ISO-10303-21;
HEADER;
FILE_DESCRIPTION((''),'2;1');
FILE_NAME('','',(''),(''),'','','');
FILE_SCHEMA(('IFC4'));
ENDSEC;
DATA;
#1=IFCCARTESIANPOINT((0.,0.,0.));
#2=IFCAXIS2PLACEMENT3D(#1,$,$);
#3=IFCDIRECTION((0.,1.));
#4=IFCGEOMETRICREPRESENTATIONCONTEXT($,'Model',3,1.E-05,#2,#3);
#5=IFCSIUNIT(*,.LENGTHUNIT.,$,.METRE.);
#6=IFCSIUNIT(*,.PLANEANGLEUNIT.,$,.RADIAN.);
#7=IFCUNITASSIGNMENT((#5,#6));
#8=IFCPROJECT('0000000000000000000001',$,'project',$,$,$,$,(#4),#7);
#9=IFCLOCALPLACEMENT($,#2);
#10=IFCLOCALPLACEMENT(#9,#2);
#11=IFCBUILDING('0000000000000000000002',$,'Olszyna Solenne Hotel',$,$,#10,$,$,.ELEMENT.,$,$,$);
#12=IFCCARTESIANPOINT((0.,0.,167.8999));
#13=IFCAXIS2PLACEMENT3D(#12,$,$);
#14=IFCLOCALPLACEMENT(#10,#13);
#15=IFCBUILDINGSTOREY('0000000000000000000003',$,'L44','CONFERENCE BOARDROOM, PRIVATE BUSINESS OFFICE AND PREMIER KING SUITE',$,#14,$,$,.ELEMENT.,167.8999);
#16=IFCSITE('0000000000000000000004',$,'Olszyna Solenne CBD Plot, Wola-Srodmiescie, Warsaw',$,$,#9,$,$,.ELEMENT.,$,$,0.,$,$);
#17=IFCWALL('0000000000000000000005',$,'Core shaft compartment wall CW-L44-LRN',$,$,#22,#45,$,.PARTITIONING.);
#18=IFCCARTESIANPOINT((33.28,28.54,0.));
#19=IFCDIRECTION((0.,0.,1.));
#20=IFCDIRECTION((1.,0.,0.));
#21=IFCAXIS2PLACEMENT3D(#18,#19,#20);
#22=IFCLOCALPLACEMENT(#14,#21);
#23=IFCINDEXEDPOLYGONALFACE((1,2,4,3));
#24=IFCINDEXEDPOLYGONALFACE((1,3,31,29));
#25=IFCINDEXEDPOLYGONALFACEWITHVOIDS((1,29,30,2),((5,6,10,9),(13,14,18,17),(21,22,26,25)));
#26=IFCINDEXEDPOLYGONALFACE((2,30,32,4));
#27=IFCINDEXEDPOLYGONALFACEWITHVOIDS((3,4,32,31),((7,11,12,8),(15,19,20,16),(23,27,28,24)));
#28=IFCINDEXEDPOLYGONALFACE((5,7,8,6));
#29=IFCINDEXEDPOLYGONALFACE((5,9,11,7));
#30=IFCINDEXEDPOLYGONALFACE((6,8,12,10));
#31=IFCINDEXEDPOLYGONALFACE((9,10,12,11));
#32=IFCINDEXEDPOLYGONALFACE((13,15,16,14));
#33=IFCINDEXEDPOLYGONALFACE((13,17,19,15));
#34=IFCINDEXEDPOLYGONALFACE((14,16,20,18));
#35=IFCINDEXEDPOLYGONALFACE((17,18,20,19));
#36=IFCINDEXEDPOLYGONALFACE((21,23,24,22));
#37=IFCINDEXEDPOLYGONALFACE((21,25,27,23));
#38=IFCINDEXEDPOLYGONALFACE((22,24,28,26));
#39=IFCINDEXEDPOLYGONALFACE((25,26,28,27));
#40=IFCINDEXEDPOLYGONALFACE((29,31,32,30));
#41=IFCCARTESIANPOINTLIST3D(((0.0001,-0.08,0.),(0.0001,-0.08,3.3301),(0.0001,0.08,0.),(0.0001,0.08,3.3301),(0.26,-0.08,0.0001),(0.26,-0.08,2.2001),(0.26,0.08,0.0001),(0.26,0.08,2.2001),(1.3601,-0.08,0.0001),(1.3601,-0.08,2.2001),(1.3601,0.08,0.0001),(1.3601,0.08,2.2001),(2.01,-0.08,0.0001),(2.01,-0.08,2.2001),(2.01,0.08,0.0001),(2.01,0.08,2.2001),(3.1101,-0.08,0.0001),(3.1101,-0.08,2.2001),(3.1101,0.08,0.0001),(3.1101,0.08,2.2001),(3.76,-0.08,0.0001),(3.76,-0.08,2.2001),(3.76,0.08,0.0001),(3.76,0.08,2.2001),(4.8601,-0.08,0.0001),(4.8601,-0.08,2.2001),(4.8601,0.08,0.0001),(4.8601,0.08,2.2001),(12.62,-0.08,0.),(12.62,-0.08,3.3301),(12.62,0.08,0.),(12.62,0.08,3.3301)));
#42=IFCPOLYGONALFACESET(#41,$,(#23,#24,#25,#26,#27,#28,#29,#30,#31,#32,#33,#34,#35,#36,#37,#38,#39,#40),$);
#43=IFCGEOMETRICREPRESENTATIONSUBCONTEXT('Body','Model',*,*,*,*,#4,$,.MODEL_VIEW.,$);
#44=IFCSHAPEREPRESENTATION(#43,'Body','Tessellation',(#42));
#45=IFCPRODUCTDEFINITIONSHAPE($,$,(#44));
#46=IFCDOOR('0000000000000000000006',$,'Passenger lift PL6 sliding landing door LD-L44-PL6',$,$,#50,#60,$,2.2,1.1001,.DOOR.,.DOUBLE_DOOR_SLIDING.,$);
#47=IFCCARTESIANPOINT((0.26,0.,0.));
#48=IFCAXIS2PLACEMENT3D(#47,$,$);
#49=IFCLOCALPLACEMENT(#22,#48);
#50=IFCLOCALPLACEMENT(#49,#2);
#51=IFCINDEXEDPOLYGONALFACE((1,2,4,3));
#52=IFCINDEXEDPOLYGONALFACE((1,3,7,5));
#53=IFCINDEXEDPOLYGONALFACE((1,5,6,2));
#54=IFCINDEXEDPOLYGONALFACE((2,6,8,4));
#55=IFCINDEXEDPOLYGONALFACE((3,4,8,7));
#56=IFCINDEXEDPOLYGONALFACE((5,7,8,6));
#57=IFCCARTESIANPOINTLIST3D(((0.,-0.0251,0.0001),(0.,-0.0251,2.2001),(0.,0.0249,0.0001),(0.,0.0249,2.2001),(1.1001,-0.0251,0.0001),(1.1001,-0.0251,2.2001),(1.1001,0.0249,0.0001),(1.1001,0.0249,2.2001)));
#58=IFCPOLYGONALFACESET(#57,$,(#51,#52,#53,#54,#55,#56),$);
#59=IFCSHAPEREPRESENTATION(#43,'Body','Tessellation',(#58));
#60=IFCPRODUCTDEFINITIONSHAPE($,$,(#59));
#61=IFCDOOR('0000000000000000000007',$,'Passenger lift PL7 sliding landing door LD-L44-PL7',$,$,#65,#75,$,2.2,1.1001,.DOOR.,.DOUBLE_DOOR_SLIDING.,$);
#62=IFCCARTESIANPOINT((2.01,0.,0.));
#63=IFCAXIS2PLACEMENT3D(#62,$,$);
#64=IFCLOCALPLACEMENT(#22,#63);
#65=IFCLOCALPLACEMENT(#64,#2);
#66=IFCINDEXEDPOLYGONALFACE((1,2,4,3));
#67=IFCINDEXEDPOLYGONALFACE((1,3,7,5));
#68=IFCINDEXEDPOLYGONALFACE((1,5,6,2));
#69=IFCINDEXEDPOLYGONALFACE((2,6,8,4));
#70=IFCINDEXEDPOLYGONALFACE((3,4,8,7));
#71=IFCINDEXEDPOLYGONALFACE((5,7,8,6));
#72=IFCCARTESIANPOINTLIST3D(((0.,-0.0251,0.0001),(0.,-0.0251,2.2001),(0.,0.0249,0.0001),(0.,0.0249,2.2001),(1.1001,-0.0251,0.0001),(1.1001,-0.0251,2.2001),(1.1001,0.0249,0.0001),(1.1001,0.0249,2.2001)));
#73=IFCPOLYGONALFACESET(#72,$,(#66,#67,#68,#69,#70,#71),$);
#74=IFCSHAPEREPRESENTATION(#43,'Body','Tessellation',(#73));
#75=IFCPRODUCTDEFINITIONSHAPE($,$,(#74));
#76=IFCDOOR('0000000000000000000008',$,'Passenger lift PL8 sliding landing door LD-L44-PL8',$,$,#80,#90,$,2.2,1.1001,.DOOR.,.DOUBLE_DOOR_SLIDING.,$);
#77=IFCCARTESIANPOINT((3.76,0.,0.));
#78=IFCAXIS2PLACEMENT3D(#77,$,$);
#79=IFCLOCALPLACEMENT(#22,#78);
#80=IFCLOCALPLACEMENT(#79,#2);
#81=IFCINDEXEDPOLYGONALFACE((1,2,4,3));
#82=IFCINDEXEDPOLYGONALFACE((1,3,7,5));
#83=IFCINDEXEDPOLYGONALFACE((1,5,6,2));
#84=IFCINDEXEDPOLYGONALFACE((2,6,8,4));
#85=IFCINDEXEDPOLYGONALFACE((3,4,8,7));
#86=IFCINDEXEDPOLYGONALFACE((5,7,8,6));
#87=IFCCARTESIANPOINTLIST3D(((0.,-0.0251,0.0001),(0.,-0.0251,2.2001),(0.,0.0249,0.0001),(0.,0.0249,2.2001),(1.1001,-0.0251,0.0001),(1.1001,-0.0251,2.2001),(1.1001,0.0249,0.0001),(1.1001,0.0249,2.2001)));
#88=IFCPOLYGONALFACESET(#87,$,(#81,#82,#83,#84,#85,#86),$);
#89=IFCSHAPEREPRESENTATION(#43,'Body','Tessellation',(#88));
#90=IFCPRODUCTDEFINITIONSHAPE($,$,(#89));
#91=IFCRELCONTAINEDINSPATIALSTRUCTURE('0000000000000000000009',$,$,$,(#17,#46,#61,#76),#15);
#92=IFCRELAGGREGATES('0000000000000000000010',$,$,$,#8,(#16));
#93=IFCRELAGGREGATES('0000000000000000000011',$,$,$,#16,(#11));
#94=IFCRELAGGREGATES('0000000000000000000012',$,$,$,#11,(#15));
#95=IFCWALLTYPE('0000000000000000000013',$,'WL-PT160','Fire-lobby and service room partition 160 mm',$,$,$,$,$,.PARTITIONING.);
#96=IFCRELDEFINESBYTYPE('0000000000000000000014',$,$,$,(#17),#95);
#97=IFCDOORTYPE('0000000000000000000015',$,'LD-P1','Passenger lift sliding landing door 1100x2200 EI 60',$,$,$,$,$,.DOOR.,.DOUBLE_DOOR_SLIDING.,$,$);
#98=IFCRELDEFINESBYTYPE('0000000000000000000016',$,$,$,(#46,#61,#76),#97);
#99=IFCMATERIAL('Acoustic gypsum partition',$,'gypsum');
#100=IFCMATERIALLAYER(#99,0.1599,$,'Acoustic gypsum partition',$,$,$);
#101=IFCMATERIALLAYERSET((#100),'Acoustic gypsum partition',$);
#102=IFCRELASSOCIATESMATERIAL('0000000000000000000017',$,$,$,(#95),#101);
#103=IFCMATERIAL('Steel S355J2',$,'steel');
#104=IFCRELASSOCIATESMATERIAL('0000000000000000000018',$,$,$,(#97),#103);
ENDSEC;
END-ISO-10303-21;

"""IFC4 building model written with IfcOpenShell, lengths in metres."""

from ifc_helpers import new_model, si_unit, direction, frame, frame_2d, origin, place, context, subcontext, project, spatial, rectangle, extrude, source, transform, mapped, material, layer, layer_set, type_object, type_shapes, element, fill, save


model = new_model("IFC4")

# Units and contexts
model_context = context("Model", 3, precision=1e-05, world=origin(), true_north=direction((0.0, 1.0)))
body_context = subcontext(model_context, "Body", "Model", "MODEL_VIEW")
ifc_project = project(units=[si_unit("LENGTHUNIT", "METRE"), si_unit("PLANEANGLEUNIT", "RADIAN")], contexts=[model_context])

# Site, building, storey
site_placement = place(None, origin())
site = spatial("IfcSite", under=ifc_project, at=site_placement, Name="Olszyna Solenne CBD Plot, Wola-Srodmiescie, Warsaw", CompositionType="ELEMENT", RefElevation=0.0)
building_placement = place(site_placement, origin())
building = spatial("IfcBuilding", under=site, at=building_placement, Name="Olszyna Solenne Hotel", CompositionType="ELEMENT")
storey_placement = place(building_placement, frame((0.0, 0.0, 167.8999)))
storey = spatial("IfcBuildingStorey", under=building, at=storey_placement, Name="L44", Description="CONFERENCE BOARDROOM, PRIVATE BUSINESS OFFICE AND PREMIER KING SUITE", CompositionType="ELEMENT", Elevation=167.8999)

# Shared definitions
ifc_material_1 = material(Name="Steel S355J2", Category="steel")

# Shared definitions
ifc_material_2 = material(Name="Acoustic gypsum partition", Category="gypsum")
ifc_layer_1 = layer(ifc_material_2, 0.1599, Name="Acoustic gypsum partition")
ifc_layer_set_1 = layer_set([ifc_layer_1], Name="Acoustic gypsum partition")
wall_type_1 = type_object("IfcWallType", Name="WL-PT160", Description="Fire-lobby and service room partition 160 mm", PredefinedType="PARTITIONING", material=ifc_layer_set_1)

# Wall, openings, doors
door_type_1 = type_object("IfcDoorType", Name="LD-P1", Description="Passenger lift sliding landing door 1100x2200 EI 60", OperationType="DOUBLE_DOOR_SLIDING", PredefinedType="DOOR", material=ifc_material_1)
shared_shape_1 = source(origin(), body_context, "Body", "SweptSolid", [
    extrude(rectangle(XDim=1.1001, YDim=2.2, at=frame_2d((0.55, 1.1001))), frame((0.0, 0.0249, 0.0), z_axis=(0.0, -1.0, 0.0), x_axis=(1.0, 0.0, 0.0)), (0.0, 0.0, 1.0), 0.05),
])
type_shapes(door_type_1, [shared_shape_1])
wall_1_placement = place(storey_placement, frame((33.28, 28.54, 0.0), z_axis=(0.0, 0.0, 1.0), x_axis=(1.0, 0.0, 0.0)))
wall_1 = element("IfcWall", 1, at=wall_1_placement, inside=storey, type_object=wall_type_1, Name="Core shaft compartment wall CW-L44-LRN", PredefinedType="PARTITIONING", context=body_context, shape_type="SweptSolid", body=[
    extrude(rectangle(XDim=12.6199, YDim=0.1599, at=frame_2d((6.3101, 0.0))), origin(), (0.0, 0.0, 1.0), 3.3301),
])
opening_1_placement = place(wall_1_placement, frame((0.26, 0.0, 0.0)))
opening_1 = element("IfcOpeningElement", 2, at=opening_1_placement, cuts=wall_1, PredefinedType="OPENING", context=body_context, shape_type="SweptSolid", body=[
    extrude(rectangle(XDim=1.1001, YDim=2.2, at=frame_2d((0.55, 1.1001))), frame((0.0, 0.0898, 0.0), z_axis=(0.0, -1.0, 0.0), x_axis=(1.0, 0.0, 0.0)), (0.0, 0.0, 1.0), 0.1799),
])
opening_2_placement = place(wall_1_placement, frame((2.01, 0.0, 0.0)))
opening_2 = element("IfcOpeningElement", 3, at=opening_2_placement, cuts=wall_1, PredefinedType="OPENING", context=body_context, shape_type="SweptSolid", body=[
    extrude(rectangle(XDim=1.1001, YDim=2.2, at=frame_2d((0.55, 1.1001))), frame((0.0, 0.0898, 0.0), z_axis=(0.0, -1.0, 0.0), x_axis=(1.0, 0.0, 0.0)), (0.0, 0.0, 1.0), 0.1799),
])
opening_3_placement = place(wall_1_placement, frame((3.76, 0.0, 0.0)))
opening_3 = element("IfcOpeningElement", 4, at=opening_3_placement, cuts=wall_1, PredefinedType="OPENING", context=body_context, shape_type="SweptSolid", body=[
    extrude(rectangle(XDim=1.1001, YDim=2.2, at=frame_2d((0.55, 1.1001))), frame((0.0, 0.0898, 0.0), z_axis=(0.0, -1.0, 0.0), x_axis=(1.0, 0.0, 0.0)), (0.0, 0.0, 1.0), 0.1799),
])
door_1_placement = place(opening_1_placement, origin())
door_1 = element("IfcDoor", 5, at=door_1_placement, inside=storey, type_object=door_type_1, Name="Passenger lift PL6 sliding landing door LD-L44-PL6", OperationType="DOUBLE_DOOR_SLIDING", OverallHeight=2.2, OverallWidth=1.1001, PredefinedType="DOOR", context=body_context, shape_type="MappedRepresentation", body=[
    mapped(shared_shape_1, transform((0.0, 0.0, 0.0), x_axis=(1.0, 0.0, 0.0), y_axis=(0.0, 1.0, 0.0), z_axis=(0.0, 0.0, 1.0), scale=1.0)),
])
fill(opening_1, door_1)
door_2_placement = place(opening_2_placement, origin())
door_2 = element("IfcDoor", 6, at=door_2_placement, inside=storey, type_object=door_type_1, Name="Passenger lift PL7 sliding landing door LD-L44-PL7", OperationType="DOUBLE_DOOR_SLIDING", OverallHeight=2.2, OverallWidth=1.1001, PredefinedType="DOOR", context=body_context, shape_type="MappedRepresentation", body=[
    mapped(shared_shape_1, transform((0.0, 0.0, 0.0), x_axis=(1.0, 0.0, 0.0), y_axis=(0.0, 1.0, 0.0), z_axis=(0.0, 0.0, 1.0), scale=1.0)),
])
fill(opening_2, door_2)
door_3_placement = place(opening_3_placement, origin())
door_3 = element("IfcDoor", 7, at=door_3_placement, inside=storey, type_object=door_type_1, Name="Passenger lift PL8 sliding landing door LD-L44-PL8", OperationType="DOUBLE_DOOR_SLIDING", OverallHeight=2.2, OverallWidth=1.1001, PredefinedType="DOOR", context=body_context, shape_type="MappedRepresentation", body=[
    mapped(shared_shape_1, transform((0.0, 0.0, 0.0), x_axis=(1.0, 0.0, 0.0), y_axis=(0.0, 1.0, 0.0), z_axis=(0.0, 0.0, 1.0), scale=1.0)),
])
fill(opening_3, door_3)

save(model, "model.ifc")
